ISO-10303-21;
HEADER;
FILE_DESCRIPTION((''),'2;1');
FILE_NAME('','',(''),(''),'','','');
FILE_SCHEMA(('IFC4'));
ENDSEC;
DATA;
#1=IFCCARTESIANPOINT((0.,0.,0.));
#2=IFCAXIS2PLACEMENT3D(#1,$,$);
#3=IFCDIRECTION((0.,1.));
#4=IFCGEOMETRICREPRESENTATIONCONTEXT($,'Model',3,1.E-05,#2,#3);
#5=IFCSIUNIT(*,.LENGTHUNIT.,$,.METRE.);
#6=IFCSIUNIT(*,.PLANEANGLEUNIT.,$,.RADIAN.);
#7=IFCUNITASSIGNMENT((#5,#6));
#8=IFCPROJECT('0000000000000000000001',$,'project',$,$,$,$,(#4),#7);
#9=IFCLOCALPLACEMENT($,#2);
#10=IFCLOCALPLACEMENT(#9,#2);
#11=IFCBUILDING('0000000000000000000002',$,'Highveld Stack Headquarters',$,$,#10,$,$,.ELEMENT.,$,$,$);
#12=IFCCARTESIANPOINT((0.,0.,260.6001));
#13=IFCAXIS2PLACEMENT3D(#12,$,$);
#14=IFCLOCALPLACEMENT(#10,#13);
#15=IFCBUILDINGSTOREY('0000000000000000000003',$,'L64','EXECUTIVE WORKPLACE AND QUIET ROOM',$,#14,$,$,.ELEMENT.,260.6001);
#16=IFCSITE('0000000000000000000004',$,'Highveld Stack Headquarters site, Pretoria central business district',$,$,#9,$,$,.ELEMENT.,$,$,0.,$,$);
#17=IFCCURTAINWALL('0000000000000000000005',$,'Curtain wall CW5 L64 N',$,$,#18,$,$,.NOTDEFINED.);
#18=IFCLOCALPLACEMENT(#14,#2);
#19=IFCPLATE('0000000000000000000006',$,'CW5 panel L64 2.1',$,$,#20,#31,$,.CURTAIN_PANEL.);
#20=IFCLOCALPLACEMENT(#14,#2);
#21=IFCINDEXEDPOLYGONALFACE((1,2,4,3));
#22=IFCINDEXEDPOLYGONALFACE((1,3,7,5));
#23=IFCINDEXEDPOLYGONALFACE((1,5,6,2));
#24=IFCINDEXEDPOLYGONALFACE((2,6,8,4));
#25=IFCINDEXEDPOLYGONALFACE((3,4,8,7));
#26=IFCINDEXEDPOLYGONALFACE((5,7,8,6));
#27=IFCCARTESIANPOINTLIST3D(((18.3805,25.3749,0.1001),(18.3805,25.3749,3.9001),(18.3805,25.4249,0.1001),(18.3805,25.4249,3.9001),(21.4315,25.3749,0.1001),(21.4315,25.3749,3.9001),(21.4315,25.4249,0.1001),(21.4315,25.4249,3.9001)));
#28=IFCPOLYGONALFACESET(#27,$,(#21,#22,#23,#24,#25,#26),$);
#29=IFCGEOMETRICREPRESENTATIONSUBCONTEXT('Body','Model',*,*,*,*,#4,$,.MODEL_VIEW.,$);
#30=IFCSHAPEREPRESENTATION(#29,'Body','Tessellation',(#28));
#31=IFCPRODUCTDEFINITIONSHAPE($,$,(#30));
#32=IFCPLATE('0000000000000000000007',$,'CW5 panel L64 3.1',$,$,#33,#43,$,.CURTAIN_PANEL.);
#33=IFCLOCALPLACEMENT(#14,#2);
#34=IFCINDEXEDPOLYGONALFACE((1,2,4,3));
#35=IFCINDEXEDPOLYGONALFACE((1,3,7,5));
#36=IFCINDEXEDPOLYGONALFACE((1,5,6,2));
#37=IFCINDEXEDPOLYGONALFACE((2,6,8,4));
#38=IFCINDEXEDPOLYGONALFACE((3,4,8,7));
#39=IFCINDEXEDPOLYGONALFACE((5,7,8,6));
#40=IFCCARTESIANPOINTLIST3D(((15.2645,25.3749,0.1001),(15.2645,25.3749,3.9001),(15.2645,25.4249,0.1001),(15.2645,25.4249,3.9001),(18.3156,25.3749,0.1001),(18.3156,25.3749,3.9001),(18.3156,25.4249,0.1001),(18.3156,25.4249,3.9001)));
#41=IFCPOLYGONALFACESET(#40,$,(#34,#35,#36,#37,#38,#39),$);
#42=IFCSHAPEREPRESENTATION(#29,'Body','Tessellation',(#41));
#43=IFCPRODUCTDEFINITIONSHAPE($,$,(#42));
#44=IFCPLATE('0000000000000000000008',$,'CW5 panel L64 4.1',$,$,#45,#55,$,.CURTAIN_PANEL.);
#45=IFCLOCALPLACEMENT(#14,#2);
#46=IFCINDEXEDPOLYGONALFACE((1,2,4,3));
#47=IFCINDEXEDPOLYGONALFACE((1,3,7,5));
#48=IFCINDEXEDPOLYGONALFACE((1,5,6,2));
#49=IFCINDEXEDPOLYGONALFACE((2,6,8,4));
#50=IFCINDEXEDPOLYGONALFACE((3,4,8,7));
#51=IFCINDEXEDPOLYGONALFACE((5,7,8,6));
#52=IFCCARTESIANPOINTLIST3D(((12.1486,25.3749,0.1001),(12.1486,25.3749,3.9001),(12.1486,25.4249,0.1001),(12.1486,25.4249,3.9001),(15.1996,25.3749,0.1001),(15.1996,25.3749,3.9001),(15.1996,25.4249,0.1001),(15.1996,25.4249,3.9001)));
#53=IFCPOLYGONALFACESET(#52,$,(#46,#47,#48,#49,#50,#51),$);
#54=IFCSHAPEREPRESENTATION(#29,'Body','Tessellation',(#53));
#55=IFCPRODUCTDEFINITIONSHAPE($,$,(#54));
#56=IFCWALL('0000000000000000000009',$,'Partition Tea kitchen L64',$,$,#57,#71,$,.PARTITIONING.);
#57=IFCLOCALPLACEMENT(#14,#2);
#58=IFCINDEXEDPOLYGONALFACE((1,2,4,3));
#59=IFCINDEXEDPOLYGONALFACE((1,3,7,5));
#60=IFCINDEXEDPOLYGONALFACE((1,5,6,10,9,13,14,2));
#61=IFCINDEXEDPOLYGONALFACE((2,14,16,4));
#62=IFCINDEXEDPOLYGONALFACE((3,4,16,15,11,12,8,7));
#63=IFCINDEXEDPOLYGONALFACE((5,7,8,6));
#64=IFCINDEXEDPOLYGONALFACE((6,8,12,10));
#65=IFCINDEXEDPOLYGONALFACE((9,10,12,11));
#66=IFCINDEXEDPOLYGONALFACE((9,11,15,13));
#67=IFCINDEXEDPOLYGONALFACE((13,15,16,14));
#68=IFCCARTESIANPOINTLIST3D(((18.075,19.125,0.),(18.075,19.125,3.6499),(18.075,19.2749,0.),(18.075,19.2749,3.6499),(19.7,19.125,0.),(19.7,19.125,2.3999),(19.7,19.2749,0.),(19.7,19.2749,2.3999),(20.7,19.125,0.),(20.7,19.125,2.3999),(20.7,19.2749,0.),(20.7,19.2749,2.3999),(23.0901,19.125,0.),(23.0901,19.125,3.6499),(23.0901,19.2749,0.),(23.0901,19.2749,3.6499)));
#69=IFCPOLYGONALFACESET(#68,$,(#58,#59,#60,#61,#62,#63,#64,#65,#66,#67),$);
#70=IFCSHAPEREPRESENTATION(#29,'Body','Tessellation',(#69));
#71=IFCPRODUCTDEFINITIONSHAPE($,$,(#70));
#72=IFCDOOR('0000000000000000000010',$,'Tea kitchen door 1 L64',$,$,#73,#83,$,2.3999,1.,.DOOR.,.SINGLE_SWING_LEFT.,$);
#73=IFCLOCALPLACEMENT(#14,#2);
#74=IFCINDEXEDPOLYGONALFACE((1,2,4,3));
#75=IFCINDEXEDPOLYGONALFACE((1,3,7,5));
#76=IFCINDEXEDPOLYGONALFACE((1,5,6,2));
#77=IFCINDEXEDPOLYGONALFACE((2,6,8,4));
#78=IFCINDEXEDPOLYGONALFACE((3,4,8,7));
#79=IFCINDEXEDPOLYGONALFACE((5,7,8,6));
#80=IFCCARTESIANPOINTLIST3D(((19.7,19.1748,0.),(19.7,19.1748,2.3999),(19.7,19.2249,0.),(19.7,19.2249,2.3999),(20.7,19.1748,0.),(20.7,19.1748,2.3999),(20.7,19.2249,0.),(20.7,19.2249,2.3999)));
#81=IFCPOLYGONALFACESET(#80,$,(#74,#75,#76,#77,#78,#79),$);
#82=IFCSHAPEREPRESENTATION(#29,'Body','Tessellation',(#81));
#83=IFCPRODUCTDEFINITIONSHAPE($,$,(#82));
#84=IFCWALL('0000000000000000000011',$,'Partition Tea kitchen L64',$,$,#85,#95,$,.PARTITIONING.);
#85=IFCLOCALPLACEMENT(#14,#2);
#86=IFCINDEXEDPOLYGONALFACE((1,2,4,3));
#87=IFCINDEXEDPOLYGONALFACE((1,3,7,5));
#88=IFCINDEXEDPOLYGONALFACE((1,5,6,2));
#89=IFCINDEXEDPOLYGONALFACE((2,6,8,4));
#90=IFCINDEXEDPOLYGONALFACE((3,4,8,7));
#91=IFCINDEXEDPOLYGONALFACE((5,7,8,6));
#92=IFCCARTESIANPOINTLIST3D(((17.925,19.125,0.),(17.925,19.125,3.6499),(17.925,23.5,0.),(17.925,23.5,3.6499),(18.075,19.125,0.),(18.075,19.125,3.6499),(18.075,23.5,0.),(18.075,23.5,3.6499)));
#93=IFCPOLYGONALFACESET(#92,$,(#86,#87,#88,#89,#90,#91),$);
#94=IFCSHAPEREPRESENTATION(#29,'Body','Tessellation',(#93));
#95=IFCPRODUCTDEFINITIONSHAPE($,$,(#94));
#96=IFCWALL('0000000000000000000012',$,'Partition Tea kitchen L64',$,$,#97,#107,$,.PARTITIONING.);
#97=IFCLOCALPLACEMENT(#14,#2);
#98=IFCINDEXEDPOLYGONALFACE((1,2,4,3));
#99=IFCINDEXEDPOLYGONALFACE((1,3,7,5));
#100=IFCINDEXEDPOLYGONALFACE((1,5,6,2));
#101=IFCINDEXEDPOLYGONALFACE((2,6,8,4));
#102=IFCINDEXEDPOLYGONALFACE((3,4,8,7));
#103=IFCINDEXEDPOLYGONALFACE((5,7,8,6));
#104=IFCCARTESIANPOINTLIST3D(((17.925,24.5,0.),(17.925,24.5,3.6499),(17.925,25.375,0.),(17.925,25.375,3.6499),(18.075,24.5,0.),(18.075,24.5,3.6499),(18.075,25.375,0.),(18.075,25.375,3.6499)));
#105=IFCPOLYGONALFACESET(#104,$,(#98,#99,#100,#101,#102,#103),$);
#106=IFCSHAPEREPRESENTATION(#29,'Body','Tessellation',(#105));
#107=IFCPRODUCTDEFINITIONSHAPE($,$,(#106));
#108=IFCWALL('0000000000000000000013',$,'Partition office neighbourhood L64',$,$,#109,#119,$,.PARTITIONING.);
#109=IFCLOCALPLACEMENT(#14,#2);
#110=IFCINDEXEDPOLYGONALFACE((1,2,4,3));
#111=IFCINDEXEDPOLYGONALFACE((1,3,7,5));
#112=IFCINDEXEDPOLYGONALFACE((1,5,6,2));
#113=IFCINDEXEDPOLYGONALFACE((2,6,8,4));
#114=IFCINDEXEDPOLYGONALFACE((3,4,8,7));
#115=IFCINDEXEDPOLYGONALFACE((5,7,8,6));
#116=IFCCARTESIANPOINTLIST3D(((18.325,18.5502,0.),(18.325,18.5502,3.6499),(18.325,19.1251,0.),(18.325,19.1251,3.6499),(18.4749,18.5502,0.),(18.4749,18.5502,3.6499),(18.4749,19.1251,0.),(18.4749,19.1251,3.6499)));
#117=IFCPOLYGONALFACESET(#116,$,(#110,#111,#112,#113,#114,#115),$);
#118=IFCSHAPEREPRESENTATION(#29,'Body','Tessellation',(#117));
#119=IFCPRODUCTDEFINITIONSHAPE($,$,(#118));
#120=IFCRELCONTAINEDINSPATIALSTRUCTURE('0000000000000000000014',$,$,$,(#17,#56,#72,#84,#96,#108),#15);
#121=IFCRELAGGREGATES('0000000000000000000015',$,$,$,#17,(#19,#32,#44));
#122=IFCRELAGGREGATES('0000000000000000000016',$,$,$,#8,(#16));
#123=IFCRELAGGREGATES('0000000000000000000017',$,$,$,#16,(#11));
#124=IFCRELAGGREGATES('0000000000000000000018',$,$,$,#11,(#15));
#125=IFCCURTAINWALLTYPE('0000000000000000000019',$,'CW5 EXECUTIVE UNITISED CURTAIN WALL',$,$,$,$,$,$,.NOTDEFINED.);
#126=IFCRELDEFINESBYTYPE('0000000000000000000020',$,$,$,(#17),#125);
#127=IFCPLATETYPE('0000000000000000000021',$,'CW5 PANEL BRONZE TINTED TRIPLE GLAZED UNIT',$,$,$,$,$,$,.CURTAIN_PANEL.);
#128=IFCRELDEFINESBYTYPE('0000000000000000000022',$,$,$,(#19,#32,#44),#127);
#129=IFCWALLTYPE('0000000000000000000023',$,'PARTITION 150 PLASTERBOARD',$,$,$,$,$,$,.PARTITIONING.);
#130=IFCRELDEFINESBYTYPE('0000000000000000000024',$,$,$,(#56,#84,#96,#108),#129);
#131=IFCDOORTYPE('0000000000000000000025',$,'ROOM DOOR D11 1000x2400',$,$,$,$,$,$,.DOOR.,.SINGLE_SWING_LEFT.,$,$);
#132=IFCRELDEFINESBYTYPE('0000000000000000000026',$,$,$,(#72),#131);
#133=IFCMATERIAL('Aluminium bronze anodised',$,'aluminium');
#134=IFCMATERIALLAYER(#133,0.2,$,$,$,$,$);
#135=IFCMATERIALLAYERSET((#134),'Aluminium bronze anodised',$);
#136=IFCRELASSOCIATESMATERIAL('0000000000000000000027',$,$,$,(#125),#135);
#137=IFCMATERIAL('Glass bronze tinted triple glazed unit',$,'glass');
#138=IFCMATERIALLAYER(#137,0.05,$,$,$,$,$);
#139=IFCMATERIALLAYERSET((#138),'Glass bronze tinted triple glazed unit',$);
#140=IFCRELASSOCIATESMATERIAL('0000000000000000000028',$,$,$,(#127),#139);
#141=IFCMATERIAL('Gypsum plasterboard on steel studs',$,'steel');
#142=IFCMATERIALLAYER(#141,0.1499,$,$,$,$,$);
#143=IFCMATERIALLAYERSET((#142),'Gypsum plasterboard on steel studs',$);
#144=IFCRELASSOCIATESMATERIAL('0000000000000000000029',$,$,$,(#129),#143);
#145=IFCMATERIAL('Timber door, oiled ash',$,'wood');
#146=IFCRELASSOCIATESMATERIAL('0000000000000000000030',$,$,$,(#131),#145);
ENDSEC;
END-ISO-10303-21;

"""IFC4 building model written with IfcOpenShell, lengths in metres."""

from ifc_helpers import new_model, si_unit, direction, frame, frame_2d, origin, origin_2d, place, context, subcontext, project, spatial, rectangle, extrude, material, layer, layer_set, type_object, element, fill, aggregate, save


model = new_model("IFC4")

# Units and contexts
model_context = context("Model", 3, precision=1e-05, world=origin(), true_north=direction((0.0, 1.0)))
body_context = subcontext(model_context, "Body", "Model", "MODEL_VIEW")
ifc_project = project(units=[si_unit("LENGTHUNIT", "METRE"), si_unit("PLANEANGLEUNIT", "RADIAN")], contexts=[model_context])

# Site, building, storey
site_placement = place(None, origin())
site = spatial("IfcSite", under=ifc_project, at=site_placement, Name="Highveld Stack Headquarters site, Pretoria central business district", CompositionType="ELEMENT", RefElevation=0.0)
building_placement = place(site_placement, origin())
building = spatial("IfcBuilding", under=site, at=building_placement, Name="Highveld Stack Headquarters", CompositionType="ELEMENT")
storey_placement = place(building_placement, frame((0.0, 0.0, 260.6001)))
storey = spatial("IfcBuildingStorey", under=building, at=storey_placement, Name="L64", Description="EXECUTIVE WORKPLACE AND QUIET ROOM", CompositionType="ELEMENT", Elevation=260.6001)

# Curtain wall, plates
ifc_material_1 = material(Name="Aluminium bronze anodised", Category="aluminium")
ifc_layer_1 = layer(ifc_material_1, 0.2)
ifc_layer_set_1 = layer_set([ifc_layer_1], Name="Aluminium bronze anodised")
curtain_wall_type = type_object("IfcCurtainWallType", Name="CW5 EXECUTIVE UNITISED CURTAIN WALL", PredefinedType="NOTDEFINED", material=ifc_layer_set_1)
curtain_wall_placement = place(storey_placement, origin())
curtain_wall = element("IfcCurtainWall", 1, at=curtain_wall_placement, inside=storey, type_object=curtain_wall_type, Name="Curtain wall CW5 L64 N", PredefinedType="NOTDEFINED")
ifc_material_2 = material(Name="Glass bronze tinted triple glazed unit", Category="glass")
ifc_layer_2 = layer(ifc_material_2, 0.05)
ifc_layer_set_2 = layer_set([ifc_layer_2], Name="Glass bronze tinted triple glazed unit")
plate_type = type_object("IfcPlateType", Name="CW5 PANEL BRONZE TINTED TRIPLE GLAZED UNIT", PredefinedType="CURTAIN_PANEL", material=ifc_layer_set_2)
plate_1_placement = place(storey_placement, frame((19.906, 25.3999, 0.1001), z_axis=(0.0, 0.0, 1.0), x_axis=(-1.0, 0.0, 0.0)))
plate_1 = element("IfcPlate", 2, at=plate_1_placement, type_object=plate_type, Name="CW5 panel L64 2.1", PredefinedType="CURTAIN_PANEL", context=body_context, shape_type="SweptSolid", body=[
    extrude(rectangle(XDim=3.051, YDim=0.05, at=origin_2d()), origin(), (0.0, 0.0, 1.0), 3.8),
])
plate_2_placement = place(storey_placement, frame((16.79, 25.3999, 0.1001), z_axis=(0.0, 0.0, 1.0), x_axis=(-1.0, 0.0, 0.0)))
plate_2 = element("IfcPlate", 3, at=plate_2_placement, type_object=plate_type, Name="CW5 panel L64 3.1", PredefinedType="CURTAIN_PANEL", context=body_context, shape_type="SweptSolid", body=[
    extrude(rectangle(XDim=3.051, YDim=0.05, at=origin_2d()), origin(), (0.0, 0.0, 1.0), 3.8),
])
plate_3_placement = place(storey_placement, frame((13.6741, 25.3999, 0.1001), z_axis=(0.0, 0.0, 1.0), x_axis=(-1.0, 0.0, 0.0)))
plate_3 = element("IfcPlate", 4, at=plate_3_placement, type_object=plate_type, Name="CW5 panel L64 4.1", PredefinedType="CURTAIN_PANEL", context=body_context, shape_type="SweptSolid", body=[
    extrude(rectangle(XDim=3.051, YDim=0.05, at=origin_2d()), origin(), (0.0, 0.0, 1.0), 3.8),
])
aggregate(curtain_wall, [plate_1, plate_2, plate_3])

# Wall, opening, door
ifc_material_3 = material(Name="Gypsum plasterboard on steel studs", Category="steel")
ifc_layer_3 = layer(ifc_material_3, 0.1499)
ifc_layer_set_3 = layer_set([ifc_layer_3], Name="Gypsum plasterboard on steel studs")
wall_type = type_object("IfcWallType", Name="PARTITION 150 PLASTERBOARD", PredefinedType="PARTITIONING", material=ifc_layer_set_3)
wall_1_placement = place(storey_placement, frame((18.075, 19.2, 0.0), z_axis=(0.0, 0.0, 1.0), x_axis=(1.0, 0.0, 0.0)))
wall_1 = element("IfcWall", 5, at=wall_1_placement, inside=storey, type_object=wall_type, Name="Partition Tea kitchen L64", PredefinedType="PARTITIONING", context=body_context, shape_type="SweptSolid", body=[
    extrude(rectangle(XDim=5.0151, YDim=0.1499, at=frame_2d((2.5076, 0.0))), origin(), (0.0, 0.0, 1.0), 3.6499),
])
opening_placement = place(wall_1_placement, frame((1.625, 0.0, 0.0)))
opening = element("IfcOpeningElement", 6, at=opening_placement, cuts=wall_1, PredefinedType="OPENING", context=body_context, shape_type="SweptSolid", body=[
    extrude(rectangle(XDim=1.0, YDim=2.3999, at=frame_2d((0.5, 1.2))), frame((0.0, 0.085, 0.0), z_axis=(0.0, -1.0, 0.0), x_axis=(1.0, 0.0, 0.0)), (0.0, 0.0, 1.0), 0.1699),
])
ifc_material_4 = material(Name="Timber door, oiled ash", Category="wood")
door_type = type_object("IfcDoorType", Name="ROOM DOOR D11 1000x2400", OperationType="SINGLE_SWING_LEFT", PredefinedType="DOOR", material=ifc_material_4)
door_placement = place(opening_placement, origin())
door = element("IfcDoor", 7, at=door_placement, inside=storey, type_object=door_type, Name="Tea kitchen door 1 L64", OperationType="SINGLE_SWING_LEFT", OverallHeight=2.3999, OverallWidth=1.0, PredefinedType="DOOR", context=body_context, shape_type="SweptSolid", body=[
    extrude(rectangle(XDim=1.0, YDim=2.3999, at=frame_2d((0.5, 1.2))), frame((0.0, 0.0249, 0.0), z_axis=(0.0, -1.0, 0.0), x_axis=(1.0, 0.0, 0.0)), (0.0, 0.0, 1.0), 0.05),
])
fill(opening, door)

# Walls
wall_2_placement = place(storey_placement, frame((18.0, 19.125, 0.0), z_axis=(0.0, 0.0, 1.0), x_axis=(0.0, 1.0, 0.0)))
element("IfcWall", 8, at=wall_2_placement, inside=storey, type_object=wall_type, Name="Partition Tea kitchen L64", PredefinedType="PARTITIONING", context=body_context, shape_type="SweptSolid", body=[
    extrude(rectangle(XDim=4.375, YDim=0.1499, at=frame_2d((2.1875, 0.0))), origin(), (0.0, 0.0, 1.0), 3.6499),
])
wall_3_placement = place(storey_placement, frame((18.0, 24.5, 0.0), z_axis=(0.0, 0.0, 1.0), x_axis=(0.0, 1.0, 0.0)))
element("IfcWall", 9, at=wall_3_placement, inside=storey, type_object=wall_type, Name="Partition Tea kitchen L64", PredefinedType="PARTITIONING", context=body_context, shape_type="SweptSolid", body=[
    extrude(rectangle(XDim=0.875, YDim=0.1499, at=frame_2d((0.4375, 0.0))), origin(), (0.0, 0.0, 1.0), 3.6499),
])
wall_4_placement = place(storey_placement, frame((18.3999, 18.55, 0.0), z_axis=(0.0, 0.0, 1.0), x_axis=(0.0, 1.0, 0.0)))
element("IfcWall", 10, at=wall_4_placement, inside=storey, type_object=wall_type, Name="Partition office neighbourhood L64", PredefinedType="PARTITIONING", context=body_context, shape_type="SweptSolid", body=[
    extrude(rectangle(XDim=0.575, YDim=0.1499, at=frame_2d((0.2876, 0.0))), origin(), (0.0, 0.0, 1.0), 3.6499),
])

save(model, "model.ifc")
